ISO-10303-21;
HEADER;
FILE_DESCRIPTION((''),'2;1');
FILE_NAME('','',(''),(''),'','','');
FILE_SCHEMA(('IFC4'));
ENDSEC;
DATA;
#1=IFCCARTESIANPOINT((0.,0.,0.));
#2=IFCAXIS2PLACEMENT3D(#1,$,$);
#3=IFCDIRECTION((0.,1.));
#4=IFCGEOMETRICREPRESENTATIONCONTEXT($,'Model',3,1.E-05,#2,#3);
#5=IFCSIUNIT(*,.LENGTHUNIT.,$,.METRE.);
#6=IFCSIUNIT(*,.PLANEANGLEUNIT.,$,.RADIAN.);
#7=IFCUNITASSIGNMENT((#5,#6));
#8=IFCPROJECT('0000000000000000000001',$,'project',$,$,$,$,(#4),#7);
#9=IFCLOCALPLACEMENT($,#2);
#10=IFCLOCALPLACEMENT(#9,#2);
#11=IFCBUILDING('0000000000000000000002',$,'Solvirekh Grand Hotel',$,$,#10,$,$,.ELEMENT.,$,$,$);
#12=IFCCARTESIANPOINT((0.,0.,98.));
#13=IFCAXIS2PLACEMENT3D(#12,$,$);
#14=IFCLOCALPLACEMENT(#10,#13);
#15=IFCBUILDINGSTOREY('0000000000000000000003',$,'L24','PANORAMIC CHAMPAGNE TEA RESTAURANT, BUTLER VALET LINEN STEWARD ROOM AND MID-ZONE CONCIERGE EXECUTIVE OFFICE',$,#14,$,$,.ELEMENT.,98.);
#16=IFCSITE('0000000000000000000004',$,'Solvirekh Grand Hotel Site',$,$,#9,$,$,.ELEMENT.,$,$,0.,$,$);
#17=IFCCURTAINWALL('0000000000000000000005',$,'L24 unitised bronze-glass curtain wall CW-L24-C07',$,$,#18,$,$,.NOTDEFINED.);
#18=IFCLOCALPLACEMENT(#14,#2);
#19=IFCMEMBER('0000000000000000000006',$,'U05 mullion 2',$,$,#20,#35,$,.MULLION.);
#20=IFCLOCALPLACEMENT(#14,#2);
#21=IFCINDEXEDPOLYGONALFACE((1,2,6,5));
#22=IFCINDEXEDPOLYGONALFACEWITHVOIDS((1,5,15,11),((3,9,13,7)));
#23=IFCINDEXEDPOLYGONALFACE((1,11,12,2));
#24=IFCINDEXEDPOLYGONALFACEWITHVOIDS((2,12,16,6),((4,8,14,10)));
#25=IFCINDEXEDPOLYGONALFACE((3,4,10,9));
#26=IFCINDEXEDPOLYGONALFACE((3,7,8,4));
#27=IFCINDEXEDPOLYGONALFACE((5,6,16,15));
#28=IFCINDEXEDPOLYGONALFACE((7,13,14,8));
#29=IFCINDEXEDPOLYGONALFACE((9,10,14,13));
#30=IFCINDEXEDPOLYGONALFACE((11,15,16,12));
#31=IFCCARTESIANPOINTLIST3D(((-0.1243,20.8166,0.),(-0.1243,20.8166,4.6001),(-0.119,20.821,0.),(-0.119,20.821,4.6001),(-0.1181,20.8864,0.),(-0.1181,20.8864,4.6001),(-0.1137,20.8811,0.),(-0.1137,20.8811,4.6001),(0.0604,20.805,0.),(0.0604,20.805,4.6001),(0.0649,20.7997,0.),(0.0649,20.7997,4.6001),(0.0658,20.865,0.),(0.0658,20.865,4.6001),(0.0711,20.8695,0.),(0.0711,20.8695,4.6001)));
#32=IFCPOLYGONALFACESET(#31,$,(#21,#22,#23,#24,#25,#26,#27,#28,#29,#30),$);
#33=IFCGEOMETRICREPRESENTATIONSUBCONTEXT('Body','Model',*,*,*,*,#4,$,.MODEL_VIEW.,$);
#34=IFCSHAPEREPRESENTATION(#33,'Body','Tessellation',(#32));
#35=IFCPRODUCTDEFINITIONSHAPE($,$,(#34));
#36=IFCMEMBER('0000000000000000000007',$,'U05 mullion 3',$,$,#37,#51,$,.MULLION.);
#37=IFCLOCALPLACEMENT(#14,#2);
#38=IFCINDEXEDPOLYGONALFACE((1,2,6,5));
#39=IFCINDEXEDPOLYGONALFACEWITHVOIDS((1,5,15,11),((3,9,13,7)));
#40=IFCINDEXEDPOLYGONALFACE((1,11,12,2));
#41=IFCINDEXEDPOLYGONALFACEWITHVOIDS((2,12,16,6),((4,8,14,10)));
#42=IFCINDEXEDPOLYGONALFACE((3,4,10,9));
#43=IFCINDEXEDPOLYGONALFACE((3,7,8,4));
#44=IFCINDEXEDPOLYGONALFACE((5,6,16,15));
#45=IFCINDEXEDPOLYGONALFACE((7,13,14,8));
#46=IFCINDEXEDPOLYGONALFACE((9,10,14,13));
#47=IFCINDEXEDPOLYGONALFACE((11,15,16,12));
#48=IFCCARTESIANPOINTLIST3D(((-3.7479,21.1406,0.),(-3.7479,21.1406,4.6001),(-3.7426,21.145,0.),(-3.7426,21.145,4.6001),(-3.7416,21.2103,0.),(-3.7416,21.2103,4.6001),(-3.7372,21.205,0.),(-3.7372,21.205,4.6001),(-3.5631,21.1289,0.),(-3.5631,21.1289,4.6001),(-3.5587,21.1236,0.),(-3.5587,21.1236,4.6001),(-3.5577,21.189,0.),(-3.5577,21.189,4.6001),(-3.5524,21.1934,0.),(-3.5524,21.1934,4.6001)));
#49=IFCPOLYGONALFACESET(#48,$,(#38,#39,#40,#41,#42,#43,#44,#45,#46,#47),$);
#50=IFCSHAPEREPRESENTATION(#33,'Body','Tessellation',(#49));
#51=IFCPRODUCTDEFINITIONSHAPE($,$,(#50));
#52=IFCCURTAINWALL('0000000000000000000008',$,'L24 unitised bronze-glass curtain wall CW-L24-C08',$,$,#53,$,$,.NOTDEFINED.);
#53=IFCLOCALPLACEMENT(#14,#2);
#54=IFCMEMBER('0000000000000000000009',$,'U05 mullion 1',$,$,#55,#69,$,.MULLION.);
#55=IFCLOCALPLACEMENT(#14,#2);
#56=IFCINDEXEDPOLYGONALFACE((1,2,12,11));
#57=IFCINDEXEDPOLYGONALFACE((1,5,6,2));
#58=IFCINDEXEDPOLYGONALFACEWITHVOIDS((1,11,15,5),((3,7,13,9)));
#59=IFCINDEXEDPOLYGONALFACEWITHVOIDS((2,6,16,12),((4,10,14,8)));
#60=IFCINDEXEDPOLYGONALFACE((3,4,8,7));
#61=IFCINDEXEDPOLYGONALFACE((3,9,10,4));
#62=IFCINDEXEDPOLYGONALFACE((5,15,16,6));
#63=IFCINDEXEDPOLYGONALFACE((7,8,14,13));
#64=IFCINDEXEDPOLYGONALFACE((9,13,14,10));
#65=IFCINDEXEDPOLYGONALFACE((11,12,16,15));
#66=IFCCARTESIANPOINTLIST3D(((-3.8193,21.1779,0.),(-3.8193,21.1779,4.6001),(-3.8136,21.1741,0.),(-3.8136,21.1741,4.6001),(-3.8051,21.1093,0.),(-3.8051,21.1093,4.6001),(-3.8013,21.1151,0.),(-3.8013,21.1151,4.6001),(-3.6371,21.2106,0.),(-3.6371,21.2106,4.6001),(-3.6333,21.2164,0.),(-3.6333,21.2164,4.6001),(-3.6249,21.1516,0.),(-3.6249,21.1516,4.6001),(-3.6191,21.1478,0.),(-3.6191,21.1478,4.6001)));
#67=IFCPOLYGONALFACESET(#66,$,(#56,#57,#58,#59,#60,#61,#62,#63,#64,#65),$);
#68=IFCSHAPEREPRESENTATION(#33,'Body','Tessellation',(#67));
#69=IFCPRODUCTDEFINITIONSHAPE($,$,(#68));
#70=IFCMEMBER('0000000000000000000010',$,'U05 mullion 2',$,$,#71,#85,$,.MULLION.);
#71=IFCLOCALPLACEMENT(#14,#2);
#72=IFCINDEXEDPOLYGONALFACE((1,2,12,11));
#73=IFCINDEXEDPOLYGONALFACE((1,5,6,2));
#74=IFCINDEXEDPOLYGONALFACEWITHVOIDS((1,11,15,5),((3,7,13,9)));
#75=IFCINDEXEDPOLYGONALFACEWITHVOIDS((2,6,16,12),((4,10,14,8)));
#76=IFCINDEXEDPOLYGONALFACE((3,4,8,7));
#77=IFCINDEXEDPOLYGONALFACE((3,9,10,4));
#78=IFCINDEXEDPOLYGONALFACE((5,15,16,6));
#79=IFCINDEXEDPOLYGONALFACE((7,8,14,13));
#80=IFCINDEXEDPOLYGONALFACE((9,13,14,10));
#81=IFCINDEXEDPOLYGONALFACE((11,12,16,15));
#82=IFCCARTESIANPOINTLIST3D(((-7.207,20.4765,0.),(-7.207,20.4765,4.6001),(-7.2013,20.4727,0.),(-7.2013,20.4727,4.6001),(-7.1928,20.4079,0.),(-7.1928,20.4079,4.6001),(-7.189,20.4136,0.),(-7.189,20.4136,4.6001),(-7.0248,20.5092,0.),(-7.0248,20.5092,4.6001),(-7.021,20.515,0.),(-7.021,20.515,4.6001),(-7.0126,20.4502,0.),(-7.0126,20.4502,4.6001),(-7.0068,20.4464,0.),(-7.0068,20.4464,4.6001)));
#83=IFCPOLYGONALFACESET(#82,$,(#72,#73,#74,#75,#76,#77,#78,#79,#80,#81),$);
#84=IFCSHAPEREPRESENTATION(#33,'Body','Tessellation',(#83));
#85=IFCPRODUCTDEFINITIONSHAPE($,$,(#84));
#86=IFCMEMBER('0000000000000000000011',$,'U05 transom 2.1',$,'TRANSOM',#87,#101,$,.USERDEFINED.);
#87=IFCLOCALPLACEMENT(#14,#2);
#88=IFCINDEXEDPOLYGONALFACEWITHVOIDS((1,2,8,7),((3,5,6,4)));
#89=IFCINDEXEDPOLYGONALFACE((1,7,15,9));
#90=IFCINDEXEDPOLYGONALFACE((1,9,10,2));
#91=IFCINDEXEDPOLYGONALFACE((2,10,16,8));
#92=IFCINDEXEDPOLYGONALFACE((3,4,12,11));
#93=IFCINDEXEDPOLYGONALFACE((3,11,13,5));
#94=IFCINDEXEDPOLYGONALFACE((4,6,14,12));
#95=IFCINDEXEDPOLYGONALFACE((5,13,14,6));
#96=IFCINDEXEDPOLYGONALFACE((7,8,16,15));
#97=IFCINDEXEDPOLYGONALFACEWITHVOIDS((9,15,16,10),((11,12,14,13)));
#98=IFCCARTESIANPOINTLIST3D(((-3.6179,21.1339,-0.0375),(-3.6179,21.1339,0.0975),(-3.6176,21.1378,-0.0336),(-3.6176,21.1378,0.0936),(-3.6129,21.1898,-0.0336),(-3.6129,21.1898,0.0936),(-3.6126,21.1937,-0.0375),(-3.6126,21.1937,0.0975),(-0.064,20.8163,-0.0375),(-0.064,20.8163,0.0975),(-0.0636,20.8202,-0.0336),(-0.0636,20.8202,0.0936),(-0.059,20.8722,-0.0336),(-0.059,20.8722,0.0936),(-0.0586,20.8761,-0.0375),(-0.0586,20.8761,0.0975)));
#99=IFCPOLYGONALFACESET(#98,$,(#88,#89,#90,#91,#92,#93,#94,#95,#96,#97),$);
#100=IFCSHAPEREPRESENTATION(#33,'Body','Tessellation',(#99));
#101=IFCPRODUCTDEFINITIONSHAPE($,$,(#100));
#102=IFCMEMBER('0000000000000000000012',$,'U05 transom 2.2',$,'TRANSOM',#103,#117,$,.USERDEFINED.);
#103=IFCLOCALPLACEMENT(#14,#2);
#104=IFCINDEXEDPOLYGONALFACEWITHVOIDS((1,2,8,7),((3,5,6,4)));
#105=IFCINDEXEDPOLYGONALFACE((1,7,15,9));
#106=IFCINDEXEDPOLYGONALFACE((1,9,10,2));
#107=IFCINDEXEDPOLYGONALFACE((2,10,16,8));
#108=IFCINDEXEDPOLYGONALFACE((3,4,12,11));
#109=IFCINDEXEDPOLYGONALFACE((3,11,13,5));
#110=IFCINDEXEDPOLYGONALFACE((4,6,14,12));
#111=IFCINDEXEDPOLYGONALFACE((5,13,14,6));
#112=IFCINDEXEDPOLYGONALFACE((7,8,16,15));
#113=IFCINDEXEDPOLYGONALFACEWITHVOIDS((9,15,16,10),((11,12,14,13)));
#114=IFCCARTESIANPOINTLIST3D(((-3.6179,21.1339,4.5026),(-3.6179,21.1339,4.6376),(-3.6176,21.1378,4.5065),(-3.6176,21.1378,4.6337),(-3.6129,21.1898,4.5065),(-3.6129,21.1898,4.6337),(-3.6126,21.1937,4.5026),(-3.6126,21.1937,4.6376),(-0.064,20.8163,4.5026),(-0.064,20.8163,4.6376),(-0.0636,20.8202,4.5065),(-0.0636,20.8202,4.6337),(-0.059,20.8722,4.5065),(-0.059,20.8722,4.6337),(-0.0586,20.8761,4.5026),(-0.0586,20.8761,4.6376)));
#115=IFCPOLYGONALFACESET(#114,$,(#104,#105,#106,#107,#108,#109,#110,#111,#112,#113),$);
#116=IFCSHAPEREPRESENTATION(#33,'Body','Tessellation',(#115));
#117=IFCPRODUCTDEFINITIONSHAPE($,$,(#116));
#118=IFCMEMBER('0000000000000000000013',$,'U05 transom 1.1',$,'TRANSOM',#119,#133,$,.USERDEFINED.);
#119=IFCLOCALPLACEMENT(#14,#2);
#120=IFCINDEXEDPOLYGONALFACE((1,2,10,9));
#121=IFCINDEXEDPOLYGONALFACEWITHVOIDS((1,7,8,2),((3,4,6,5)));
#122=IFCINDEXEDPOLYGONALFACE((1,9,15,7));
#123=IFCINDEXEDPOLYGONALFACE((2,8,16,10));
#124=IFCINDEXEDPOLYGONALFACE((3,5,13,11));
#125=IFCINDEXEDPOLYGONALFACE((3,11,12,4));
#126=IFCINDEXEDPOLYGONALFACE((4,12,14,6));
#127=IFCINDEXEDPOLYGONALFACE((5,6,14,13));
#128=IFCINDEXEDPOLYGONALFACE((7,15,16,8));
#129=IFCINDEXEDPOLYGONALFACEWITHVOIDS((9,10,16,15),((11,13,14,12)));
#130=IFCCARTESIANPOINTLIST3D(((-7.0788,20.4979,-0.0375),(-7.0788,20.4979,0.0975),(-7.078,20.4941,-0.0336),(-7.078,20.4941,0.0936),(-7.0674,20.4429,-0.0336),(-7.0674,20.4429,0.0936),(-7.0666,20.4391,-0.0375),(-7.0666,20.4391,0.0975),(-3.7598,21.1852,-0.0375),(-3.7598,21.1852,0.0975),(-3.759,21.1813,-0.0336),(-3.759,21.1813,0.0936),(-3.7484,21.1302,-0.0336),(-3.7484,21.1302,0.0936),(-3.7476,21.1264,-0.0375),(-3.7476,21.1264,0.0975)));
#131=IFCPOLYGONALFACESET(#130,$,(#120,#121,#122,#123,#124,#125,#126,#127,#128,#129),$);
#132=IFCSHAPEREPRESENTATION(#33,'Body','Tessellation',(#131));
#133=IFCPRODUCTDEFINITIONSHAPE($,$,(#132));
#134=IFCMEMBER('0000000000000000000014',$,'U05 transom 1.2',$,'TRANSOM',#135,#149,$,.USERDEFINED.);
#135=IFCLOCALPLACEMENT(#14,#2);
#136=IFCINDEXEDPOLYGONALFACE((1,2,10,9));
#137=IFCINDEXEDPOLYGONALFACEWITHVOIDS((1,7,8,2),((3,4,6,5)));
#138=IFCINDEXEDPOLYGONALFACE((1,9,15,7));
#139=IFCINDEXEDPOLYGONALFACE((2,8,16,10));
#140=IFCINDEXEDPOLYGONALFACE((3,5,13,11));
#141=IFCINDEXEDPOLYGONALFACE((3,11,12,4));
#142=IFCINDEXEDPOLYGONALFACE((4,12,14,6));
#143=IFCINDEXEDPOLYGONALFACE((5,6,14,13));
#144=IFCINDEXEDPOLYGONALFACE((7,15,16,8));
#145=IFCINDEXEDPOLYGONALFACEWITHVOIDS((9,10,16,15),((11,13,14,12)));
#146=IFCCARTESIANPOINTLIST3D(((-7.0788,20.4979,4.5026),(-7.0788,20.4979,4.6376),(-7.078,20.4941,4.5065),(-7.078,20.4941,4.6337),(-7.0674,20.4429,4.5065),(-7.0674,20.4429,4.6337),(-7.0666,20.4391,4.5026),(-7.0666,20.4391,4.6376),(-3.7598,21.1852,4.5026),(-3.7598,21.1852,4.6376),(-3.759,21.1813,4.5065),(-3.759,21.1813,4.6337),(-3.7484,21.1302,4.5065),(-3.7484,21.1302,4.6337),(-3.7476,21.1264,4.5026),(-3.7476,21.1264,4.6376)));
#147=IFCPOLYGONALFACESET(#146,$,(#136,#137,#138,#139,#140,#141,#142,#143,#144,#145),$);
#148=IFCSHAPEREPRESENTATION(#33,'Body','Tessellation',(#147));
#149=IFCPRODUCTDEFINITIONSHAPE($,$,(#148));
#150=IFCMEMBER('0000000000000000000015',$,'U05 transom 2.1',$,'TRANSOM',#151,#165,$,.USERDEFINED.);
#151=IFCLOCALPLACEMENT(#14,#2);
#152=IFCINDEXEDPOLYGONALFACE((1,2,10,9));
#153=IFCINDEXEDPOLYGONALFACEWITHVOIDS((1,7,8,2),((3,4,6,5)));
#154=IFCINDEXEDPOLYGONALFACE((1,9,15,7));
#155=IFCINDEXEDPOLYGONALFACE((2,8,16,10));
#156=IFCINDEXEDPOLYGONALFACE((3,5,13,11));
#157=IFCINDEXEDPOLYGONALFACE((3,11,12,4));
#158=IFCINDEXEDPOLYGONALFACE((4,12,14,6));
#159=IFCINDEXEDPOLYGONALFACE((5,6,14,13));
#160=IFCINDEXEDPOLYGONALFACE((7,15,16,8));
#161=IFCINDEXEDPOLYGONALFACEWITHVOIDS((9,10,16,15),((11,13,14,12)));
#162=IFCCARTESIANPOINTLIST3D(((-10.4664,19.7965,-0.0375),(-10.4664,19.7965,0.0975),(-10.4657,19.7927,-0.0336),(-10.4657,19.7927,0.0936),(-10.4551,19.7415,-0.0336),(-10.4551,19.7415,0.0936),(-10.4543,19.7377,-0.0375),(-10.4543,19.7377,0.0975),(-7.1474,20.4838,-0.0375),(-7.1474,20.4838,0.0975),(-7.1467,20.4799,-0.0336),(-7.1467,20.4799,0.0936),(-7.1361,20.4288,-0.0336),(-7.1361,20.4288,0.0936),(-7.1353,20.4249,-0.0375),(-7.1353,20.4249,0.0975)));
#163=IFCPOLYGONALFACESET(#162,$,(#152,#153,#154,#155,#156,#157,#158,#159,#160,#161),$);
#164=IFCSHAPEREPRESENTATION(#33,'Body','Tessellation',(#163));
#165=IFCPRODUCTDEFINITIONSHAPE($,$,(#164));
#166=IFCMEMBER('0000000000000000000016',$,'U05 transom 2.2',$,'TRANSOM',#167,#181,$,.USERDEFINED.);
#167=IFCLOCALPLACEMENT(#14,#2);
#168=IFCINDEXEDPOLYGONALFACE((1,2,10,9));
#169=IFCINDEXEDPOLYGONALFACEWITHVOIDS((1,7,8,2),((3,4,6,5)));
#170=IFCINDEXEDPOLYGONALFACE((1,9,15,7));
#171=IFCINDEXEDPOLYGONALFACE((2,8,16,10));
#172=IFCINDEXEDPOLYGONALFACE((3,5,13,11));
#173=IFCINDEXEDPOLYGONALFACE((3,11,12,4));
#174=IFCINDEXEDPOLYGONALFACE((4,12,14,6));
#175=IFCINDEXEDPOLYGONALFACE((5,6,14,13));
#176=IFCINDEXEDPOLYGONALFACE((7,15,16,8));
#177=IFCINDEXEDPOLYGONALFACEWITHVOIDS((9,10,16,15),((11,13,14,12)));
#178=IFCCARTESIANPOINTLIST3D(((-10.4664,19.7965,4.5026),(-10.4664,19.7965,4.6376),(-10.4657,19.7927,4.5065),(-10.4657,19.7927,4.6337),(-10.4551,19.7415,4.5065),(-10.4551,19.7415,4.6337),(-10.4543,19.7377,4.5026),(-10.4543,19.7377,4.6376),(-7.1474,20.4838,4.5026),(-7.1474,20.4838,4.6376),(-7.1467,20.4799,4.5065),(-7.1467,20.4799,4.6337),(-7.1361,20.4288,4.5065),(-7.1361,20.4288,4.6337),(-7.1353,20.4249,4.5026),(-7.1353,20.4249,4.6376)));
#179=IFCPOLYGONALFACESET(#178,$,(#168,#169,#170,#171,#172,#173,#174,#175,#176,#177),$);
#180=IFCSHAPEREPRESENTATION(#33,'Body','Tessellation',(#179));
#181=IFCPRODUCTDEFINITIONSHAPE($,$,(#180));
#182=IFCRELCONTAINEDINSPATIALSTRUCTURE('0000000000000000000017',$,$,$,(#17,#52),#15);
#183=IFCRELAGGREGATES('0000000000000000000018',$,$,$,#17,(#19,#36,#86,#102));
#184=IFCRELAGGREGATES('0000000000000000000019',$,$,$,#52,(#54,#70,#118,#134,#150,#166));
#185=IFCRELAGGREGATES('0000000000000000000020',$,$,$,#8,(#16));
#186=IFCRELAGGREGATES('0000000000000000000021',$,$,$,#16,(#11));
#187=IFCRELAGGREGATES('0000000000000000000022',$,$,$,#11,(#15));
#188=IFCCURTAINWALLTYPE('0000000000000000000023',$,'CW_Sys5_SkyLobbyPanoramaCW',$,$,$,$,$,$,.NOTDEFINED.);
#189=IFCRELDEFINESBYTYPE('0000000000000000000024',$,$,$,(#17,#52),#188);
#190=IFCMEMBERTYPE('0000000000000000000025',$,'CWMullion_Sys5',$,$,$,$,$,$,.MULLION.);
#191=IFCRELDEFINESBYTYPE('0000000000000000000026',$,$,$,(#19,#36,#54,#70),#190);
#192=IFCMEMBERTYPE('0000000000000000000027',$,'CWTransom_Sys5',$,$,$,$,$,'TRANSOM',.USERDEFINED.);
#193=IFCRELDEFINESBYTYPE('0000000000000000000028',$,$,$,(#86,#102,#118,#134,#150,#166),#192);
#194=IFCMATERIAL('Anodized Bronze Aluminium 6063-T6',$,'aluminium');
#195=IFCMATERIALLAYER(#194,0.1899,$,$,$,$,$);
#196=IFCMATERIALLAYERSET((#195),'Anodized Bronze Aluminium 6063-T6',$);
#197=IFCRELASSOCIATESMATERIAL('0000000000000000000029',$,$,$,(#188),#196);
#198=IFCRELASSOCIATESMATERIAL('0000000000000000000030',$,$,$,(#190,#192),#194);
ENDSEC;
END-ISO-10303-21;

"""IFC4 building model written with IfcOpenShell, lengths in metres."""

from ifc_helpers import new_model, si_unit, direction, frame, origin, origin_2d, place, context, subcontext, project, spatial, hollow_rectangle, extrude, source, transform, mapped, material, layer, layer_set, material_profile, profile_set, type_object, element, aggregate, save


model = new_model("IFC4")

# Units and contexts
model_context = context("Model", 3, precision=1e-05, world=origin(), true_north=direction((0.0, 1.0)))
body_context = subcontext(model_context, "Body", "Model", "MODEL_VIEW")
ifc_project = project(units=[si_unit("LENGTHUNIT", "METRE"), si_unit("PLANEANGLEUNIT", "RADIAN")], contexts=[model_context])

# Site, building, storey
site_placement = place(None, origin())
site = spatial("IfcSite", under=ifc_project, at=site_placement, Name="Solvirekh Grand Hotel Site", CompositionType="ELEMENT", RefElevation=0.0)
building_placement = place(site_placement, origin())
building = spatial("IfcBuilding", under=site, at=building_placement, Name="Solvirekh Grand Hotel", CompositionType="ELEMENT")
storey_placement = place(building_placement, frame((0.0, 0.0, 98.0)))
storey = spatial("IfcBuildingStorey", under=building, at=storey_placement, Name="L24", Description="PANORAMIC CHAMPAGNE TEA RESTAURANT, BUTLER VALET LINEN STEWARD ROOM AND MID-ZONE CONCIERGE EXECUTIVE OFFICE", CompositionType="ELEMENT", Elevation=98.0)

# Curtain walls, members
ifc_material_1 = material(Name="Anodized Bronze Aluminium 6063-T6", Category="aluminium")
ifc_layer_1 = layer(ifc_material_1, 0.1899)
ifc_layer_set_1 = layer_set([ifc_layer_1], Name="Anodized Bronze Aluminium 6063-T6")
curtain_wall_type = type_object("IfcCurtainWallType", Name="CW_Sys5_SkyLobbyPanoramaCW", PredefinedType="NOTDEFINED", material=ifc_layer_set_1)
curtain_wall_1_placement = place(storey_placement, origin())
curtain_wall_1 = element("IfcCurtainWall", 1, at=curtain_wall_1_placement, inside=storey, type_object=curtain_wall_type, Name="L24 unitised bronze-glass curtain wall CW-L24-C07", PredefinedType="NOTDEFINED")
ifc_material_profile_1 = material_profile(ifc_material_1, hollow_rectangle(XDim=0.0701, YDim=0.1899, WallThickness=0.0049, at=origin_2d()), Name="ALU RHS 190X70X5")
ifc_profile_set_1 = profile_set([ifc_material_profile_1], Name="Anodized Bronze Aluminium 6063-T6")
member_type_1 = type_object("IfcMemberType", Name="CWMullion_Sys5", PredefinedType="MULLION", material=ifc_profile_set_1)
shared_shape_1 = source(origin(), body_context, "Body", "SweptSolid", [
    extrude(hollow_rectangle(XDim=0.0701, YDim=0.1899, WallThickness=0.0049, at=origin_2d()), origin(), (0.0, 0.0, 1.0), 4.6001),
])
member_1_placement = place(storey_placement, frame((-0.0266, 20.843, 0.0), z_axis=(0.0, 0.0, 1.0), x_axis=(-0.089026, -0.996029, 0.0)))
member_1 = element("IfcMember", 2, at=member_1_placement, type_object=member_type_1, Name="U05 mullion 2", PredefinedType="MULLION", context=body_context, shape_type="MappedRepresentation", body=[
    mapped(shared_shape_1, transform((0.0, 0.0, 0.0), x_axis=(1.0, 0.0, 0.0), y_axis=(0.0, 1.0, 0.0), z_axis=(0.0, 0.0, 1.0), scale=1.0)),
])
member_2_placement = place(storey_placement, frame((-3.6501, 21.167, 0.0), z_axis=(0.0, 0.0, 1.0), x_axis=(-0.089026, -0.996029, 0.0)))
member_2 = element("IfcMember", 3, at=member_2_placement, type_object=member_type_1, Name="U05 mullion 3", PredefinedType="MULLION", context=body_context, shape_type="MappedRepresentation", body=[
    mapped(shared_shape_1, transform((0.0, 0.0, 0.0), x_axis=(1.0, 0.0, 0.0), y_axis=(0.0, 1.0, 0.0), z_axis=(0.0, 0.0, 1.0), scale=1.0)),
])
curtain_wall_2_placement = place(storey_placement, origin())
curtain_wall_2 = element("IfcCurtainWall", 4, at=curtain_wall_2_placement, inside=storey, type_object=curtain_wall_type, Name="L24 unitised bronze-glass curtain wall CW-L24-C08", PredefinedType="NOTDEFINED")
member_3_placement = place(storey_placement, frame((-3.7192, 21.1628, 0.0), z_axis=(0.0, 0.0, 1.0), x_axis=(0.202743, -0.979232, 0.0)))
member_3 = element("IfcMember", 5, at=member_3_placement, type_object=member_type_1, Name="U05 mullion 1", PredefinedType="MULLION", context=body_context, shape_type="MappedRepresentation", body=[
    mapped(shared_shape_1, transform((0.0, 0.0, 0.0), x_axis=(1.0, 0.0, 0.0), y_axis=(0.0, 1.0, 0.0), z_axis=(0.0, 0.0, 1.0), scale=1.0)),
])
member_4_placement = place(storey_placement, frame((-7.1069, 20.4614, 0.0), z_axis=(0.0, 0.0, 1.0), x_axis=(0.202743, -0.979232, 0.0)))
member_4 = element("IfcMember", 6, at=member_4_placement, type_object=member_type_1, Name="U05 mullion 2", PredefinedType="MULLION", context=body_context, shape_type="MappedRepresentation", body=[
    mapped(shared_shape_1, transform((0.0, 0.0, 0.0), x_axis=(1.0, 0.0, 0.0), y_axis=(0.0, 1.0, 0.0), z_axis=(0.0, 0.0, 1.0), scale=1.0)),
])

# Members
ifc_material_profile_2 = material_profile(ifc_material_1, hollow_rectangle(XDim=0.0601, YDim=0.135, WallThickness=0.0039, at=origin_2d()), Name="ALU RHS 135X60X4")
ifc_profile_set_2 = profile_set([ifc_material_profile_2], Name="Anodized Bronze Aluminium 6063-T6")
member_type_2 = type_object("IfcMemberType", Name="CWTransom_Sys5", ElementType="TRANSOM", PredefinedType="USERDEFINED", material=ifc_profile_set_2)
shared_shape_2 = source(origin(), body_context, "Body", "SweptSolid", [
    extrude(hollow_rectangle(XDim=0.0601, YDim=0.135, WallThickness=0.0039, at=origin_2d()), origin(), (0.0, 0.0, 1.0), 3.5681),
])
member_5_placement = place(storey_placement, frame((-0.0613, 20.8462, 0.03), z_axis=(-0.99603, 0.089018, 0.0), x_axis=(-0.089018, -0.99603, 0.0)))
member_5 = element("IfcMember", 7, at=member_5_placement, type_object=member_type_2, Name="U05 transom 2.1", ObjectType="TRANSOM", PredefinedType="USERDEFINED", context=body_context, shape_type="MappedRepresentation", body=[
    mapped(shared_shape_2, transform((0.0, 0.0, 0.0), x_axis=(1.0, 0.0, 0.0), y_axis=(0.0, 1.0, 0.0), z_axis=(0.0, 0.0, 1.0), scale=1.0)),
])
member_6_placement = place(storey_placement, frame((-0.0613, 20.8462, 4.5701), z_axis=(-0.99603, 0.089018, 0.0), x_axis=(-0.089018, -0.99603, 0.0)))
member_6 = element("IfcMember", 8, at=member_6_placement, type_object=member_type_2, Name="U05 transom 2.2", ObjectType="TRANSOM", PredefinedType="USERDEFINED", context=body_context, shape_type="MappedRepresentation", body=[
    mapped(shared_shape_2, transform((0.0, 0.0, 0.0), x_axis=(1.0, 0.0, 0.0), y_axis=(0.0, 1.0, 0.0), z_axis=(0.0, 0.0, 1.0), scale=1.0)),
])
shared_shape_3 = source(origin(), body_context, "Body", "SweptSolid", [
    extrude(hollow_rectangle(XDim=0.0601, YDim=0.135, WallThickness=0.0039, at=origin_2d()), origin(), (0.0, 0.0, 1.0), 3.3894),
])
member_7_placement = place(storey_placement, frame((-3.7537, 21.1558, 0.03), z_axis=(-0.979228, -0.20276, 0.0), x_axis=(0.20276, -0.979228, 0.0)))
member_7 = element("IfcMember", 9, at=member_7_placement, type_object=member_type_2, Name="U05 transom 1.1", ObjectType="TRANSOM", PredefinedType="USERDEFINED", context=body_context, shape_type="MappedRepresentation", body=[
    mapped(shared_shape_3, transform((0.0, 0.0, 0.0), x_axis=(1.0, 0.0, 0.0), y_axis=(0.0, 1.0, 0.0), z_axis=(0.0, 0.0, 1.0), scale=1.0)),
])
member_8_placement = place(storey_placement, frame((-3.7537, 21.1558, 4.5701), z_axis=(-0.979228, -0.20276, 0.0), x_axis=(0.20276, -0.979228, 0.0)))
member_8 = element("IfcMember", 10, at=member_8_placement, type_object=member_type_2, Name="U05 transom 1.2", ObjectType="TRANSOM", PredefinedType="USERDEFINED", context=body_context, shape_type="MappedRepresentation", body=[
    mapped(shared_shape_3, transform((0.0, 0.0, 0.0), x_axis=(1.0, 0.0, 0.0), y_axis=(0.0, 1.0, 0.0), z_axis=(0.0, 0.0, 1.0), scale=1.0)),
])
member_9_placement = place(storey_placement, frame((-7.1414, 20.4543, 0.03), z_axis=(-0.979228, -0.20276, 0.0), x_axis=(0.20276, -0.979228, 0.0)))
member_9 = element("IfcMember", 11, at=member_9_placement, type_object=member_type_2, Name="U05 transom 2.1", ObjectType="TRANSOM", PredefinedType="USERDEFINED", context=body_context, shape_type="MappedRepresentation", body=[
    mapped(shared_shape_3, transform((0.0, 0.0, 0.0), x_axis=(1.0, 0.0, 0.0), y_axis=(0.0, 1.0, 0.0), z_axis=(0.0, 0.0, 1.0), scale=1.0)),
])
member_10_placement = place(storey_placement, frame((-7.1414, 20.4543, 4.5701), z_axis=(-0.979228, -0.20276, 0.0), x_axis=(0.20276, -0.979228, 0.0)))
member_10 = element("IfcMember", 12, at=member_10_placement, type_object=member_type_2, Name="U05 transom 2.2", ObjectType="TRANSOM", PredefinedType="USERDEFINED", context=body_context, shape_type="MappedRepresentation", body=[
    mapped(shared_shape_3, transform((0.0, 0.0, 0.0), x_axis=(1.0, 0.0, 0.0), y_axis=(0.0, 1.0, 0.0), z_axis=(0.0, 0.0, 1.0), scale=1.0)),
])

aggregate(curtain_wall_1, [member_1, member_2, member_5, member_6])
aggregate(curtain_wall_2, [member_3, member_4, member_7, member_8, member_9, member_10])

save(model, "model.ifc")
